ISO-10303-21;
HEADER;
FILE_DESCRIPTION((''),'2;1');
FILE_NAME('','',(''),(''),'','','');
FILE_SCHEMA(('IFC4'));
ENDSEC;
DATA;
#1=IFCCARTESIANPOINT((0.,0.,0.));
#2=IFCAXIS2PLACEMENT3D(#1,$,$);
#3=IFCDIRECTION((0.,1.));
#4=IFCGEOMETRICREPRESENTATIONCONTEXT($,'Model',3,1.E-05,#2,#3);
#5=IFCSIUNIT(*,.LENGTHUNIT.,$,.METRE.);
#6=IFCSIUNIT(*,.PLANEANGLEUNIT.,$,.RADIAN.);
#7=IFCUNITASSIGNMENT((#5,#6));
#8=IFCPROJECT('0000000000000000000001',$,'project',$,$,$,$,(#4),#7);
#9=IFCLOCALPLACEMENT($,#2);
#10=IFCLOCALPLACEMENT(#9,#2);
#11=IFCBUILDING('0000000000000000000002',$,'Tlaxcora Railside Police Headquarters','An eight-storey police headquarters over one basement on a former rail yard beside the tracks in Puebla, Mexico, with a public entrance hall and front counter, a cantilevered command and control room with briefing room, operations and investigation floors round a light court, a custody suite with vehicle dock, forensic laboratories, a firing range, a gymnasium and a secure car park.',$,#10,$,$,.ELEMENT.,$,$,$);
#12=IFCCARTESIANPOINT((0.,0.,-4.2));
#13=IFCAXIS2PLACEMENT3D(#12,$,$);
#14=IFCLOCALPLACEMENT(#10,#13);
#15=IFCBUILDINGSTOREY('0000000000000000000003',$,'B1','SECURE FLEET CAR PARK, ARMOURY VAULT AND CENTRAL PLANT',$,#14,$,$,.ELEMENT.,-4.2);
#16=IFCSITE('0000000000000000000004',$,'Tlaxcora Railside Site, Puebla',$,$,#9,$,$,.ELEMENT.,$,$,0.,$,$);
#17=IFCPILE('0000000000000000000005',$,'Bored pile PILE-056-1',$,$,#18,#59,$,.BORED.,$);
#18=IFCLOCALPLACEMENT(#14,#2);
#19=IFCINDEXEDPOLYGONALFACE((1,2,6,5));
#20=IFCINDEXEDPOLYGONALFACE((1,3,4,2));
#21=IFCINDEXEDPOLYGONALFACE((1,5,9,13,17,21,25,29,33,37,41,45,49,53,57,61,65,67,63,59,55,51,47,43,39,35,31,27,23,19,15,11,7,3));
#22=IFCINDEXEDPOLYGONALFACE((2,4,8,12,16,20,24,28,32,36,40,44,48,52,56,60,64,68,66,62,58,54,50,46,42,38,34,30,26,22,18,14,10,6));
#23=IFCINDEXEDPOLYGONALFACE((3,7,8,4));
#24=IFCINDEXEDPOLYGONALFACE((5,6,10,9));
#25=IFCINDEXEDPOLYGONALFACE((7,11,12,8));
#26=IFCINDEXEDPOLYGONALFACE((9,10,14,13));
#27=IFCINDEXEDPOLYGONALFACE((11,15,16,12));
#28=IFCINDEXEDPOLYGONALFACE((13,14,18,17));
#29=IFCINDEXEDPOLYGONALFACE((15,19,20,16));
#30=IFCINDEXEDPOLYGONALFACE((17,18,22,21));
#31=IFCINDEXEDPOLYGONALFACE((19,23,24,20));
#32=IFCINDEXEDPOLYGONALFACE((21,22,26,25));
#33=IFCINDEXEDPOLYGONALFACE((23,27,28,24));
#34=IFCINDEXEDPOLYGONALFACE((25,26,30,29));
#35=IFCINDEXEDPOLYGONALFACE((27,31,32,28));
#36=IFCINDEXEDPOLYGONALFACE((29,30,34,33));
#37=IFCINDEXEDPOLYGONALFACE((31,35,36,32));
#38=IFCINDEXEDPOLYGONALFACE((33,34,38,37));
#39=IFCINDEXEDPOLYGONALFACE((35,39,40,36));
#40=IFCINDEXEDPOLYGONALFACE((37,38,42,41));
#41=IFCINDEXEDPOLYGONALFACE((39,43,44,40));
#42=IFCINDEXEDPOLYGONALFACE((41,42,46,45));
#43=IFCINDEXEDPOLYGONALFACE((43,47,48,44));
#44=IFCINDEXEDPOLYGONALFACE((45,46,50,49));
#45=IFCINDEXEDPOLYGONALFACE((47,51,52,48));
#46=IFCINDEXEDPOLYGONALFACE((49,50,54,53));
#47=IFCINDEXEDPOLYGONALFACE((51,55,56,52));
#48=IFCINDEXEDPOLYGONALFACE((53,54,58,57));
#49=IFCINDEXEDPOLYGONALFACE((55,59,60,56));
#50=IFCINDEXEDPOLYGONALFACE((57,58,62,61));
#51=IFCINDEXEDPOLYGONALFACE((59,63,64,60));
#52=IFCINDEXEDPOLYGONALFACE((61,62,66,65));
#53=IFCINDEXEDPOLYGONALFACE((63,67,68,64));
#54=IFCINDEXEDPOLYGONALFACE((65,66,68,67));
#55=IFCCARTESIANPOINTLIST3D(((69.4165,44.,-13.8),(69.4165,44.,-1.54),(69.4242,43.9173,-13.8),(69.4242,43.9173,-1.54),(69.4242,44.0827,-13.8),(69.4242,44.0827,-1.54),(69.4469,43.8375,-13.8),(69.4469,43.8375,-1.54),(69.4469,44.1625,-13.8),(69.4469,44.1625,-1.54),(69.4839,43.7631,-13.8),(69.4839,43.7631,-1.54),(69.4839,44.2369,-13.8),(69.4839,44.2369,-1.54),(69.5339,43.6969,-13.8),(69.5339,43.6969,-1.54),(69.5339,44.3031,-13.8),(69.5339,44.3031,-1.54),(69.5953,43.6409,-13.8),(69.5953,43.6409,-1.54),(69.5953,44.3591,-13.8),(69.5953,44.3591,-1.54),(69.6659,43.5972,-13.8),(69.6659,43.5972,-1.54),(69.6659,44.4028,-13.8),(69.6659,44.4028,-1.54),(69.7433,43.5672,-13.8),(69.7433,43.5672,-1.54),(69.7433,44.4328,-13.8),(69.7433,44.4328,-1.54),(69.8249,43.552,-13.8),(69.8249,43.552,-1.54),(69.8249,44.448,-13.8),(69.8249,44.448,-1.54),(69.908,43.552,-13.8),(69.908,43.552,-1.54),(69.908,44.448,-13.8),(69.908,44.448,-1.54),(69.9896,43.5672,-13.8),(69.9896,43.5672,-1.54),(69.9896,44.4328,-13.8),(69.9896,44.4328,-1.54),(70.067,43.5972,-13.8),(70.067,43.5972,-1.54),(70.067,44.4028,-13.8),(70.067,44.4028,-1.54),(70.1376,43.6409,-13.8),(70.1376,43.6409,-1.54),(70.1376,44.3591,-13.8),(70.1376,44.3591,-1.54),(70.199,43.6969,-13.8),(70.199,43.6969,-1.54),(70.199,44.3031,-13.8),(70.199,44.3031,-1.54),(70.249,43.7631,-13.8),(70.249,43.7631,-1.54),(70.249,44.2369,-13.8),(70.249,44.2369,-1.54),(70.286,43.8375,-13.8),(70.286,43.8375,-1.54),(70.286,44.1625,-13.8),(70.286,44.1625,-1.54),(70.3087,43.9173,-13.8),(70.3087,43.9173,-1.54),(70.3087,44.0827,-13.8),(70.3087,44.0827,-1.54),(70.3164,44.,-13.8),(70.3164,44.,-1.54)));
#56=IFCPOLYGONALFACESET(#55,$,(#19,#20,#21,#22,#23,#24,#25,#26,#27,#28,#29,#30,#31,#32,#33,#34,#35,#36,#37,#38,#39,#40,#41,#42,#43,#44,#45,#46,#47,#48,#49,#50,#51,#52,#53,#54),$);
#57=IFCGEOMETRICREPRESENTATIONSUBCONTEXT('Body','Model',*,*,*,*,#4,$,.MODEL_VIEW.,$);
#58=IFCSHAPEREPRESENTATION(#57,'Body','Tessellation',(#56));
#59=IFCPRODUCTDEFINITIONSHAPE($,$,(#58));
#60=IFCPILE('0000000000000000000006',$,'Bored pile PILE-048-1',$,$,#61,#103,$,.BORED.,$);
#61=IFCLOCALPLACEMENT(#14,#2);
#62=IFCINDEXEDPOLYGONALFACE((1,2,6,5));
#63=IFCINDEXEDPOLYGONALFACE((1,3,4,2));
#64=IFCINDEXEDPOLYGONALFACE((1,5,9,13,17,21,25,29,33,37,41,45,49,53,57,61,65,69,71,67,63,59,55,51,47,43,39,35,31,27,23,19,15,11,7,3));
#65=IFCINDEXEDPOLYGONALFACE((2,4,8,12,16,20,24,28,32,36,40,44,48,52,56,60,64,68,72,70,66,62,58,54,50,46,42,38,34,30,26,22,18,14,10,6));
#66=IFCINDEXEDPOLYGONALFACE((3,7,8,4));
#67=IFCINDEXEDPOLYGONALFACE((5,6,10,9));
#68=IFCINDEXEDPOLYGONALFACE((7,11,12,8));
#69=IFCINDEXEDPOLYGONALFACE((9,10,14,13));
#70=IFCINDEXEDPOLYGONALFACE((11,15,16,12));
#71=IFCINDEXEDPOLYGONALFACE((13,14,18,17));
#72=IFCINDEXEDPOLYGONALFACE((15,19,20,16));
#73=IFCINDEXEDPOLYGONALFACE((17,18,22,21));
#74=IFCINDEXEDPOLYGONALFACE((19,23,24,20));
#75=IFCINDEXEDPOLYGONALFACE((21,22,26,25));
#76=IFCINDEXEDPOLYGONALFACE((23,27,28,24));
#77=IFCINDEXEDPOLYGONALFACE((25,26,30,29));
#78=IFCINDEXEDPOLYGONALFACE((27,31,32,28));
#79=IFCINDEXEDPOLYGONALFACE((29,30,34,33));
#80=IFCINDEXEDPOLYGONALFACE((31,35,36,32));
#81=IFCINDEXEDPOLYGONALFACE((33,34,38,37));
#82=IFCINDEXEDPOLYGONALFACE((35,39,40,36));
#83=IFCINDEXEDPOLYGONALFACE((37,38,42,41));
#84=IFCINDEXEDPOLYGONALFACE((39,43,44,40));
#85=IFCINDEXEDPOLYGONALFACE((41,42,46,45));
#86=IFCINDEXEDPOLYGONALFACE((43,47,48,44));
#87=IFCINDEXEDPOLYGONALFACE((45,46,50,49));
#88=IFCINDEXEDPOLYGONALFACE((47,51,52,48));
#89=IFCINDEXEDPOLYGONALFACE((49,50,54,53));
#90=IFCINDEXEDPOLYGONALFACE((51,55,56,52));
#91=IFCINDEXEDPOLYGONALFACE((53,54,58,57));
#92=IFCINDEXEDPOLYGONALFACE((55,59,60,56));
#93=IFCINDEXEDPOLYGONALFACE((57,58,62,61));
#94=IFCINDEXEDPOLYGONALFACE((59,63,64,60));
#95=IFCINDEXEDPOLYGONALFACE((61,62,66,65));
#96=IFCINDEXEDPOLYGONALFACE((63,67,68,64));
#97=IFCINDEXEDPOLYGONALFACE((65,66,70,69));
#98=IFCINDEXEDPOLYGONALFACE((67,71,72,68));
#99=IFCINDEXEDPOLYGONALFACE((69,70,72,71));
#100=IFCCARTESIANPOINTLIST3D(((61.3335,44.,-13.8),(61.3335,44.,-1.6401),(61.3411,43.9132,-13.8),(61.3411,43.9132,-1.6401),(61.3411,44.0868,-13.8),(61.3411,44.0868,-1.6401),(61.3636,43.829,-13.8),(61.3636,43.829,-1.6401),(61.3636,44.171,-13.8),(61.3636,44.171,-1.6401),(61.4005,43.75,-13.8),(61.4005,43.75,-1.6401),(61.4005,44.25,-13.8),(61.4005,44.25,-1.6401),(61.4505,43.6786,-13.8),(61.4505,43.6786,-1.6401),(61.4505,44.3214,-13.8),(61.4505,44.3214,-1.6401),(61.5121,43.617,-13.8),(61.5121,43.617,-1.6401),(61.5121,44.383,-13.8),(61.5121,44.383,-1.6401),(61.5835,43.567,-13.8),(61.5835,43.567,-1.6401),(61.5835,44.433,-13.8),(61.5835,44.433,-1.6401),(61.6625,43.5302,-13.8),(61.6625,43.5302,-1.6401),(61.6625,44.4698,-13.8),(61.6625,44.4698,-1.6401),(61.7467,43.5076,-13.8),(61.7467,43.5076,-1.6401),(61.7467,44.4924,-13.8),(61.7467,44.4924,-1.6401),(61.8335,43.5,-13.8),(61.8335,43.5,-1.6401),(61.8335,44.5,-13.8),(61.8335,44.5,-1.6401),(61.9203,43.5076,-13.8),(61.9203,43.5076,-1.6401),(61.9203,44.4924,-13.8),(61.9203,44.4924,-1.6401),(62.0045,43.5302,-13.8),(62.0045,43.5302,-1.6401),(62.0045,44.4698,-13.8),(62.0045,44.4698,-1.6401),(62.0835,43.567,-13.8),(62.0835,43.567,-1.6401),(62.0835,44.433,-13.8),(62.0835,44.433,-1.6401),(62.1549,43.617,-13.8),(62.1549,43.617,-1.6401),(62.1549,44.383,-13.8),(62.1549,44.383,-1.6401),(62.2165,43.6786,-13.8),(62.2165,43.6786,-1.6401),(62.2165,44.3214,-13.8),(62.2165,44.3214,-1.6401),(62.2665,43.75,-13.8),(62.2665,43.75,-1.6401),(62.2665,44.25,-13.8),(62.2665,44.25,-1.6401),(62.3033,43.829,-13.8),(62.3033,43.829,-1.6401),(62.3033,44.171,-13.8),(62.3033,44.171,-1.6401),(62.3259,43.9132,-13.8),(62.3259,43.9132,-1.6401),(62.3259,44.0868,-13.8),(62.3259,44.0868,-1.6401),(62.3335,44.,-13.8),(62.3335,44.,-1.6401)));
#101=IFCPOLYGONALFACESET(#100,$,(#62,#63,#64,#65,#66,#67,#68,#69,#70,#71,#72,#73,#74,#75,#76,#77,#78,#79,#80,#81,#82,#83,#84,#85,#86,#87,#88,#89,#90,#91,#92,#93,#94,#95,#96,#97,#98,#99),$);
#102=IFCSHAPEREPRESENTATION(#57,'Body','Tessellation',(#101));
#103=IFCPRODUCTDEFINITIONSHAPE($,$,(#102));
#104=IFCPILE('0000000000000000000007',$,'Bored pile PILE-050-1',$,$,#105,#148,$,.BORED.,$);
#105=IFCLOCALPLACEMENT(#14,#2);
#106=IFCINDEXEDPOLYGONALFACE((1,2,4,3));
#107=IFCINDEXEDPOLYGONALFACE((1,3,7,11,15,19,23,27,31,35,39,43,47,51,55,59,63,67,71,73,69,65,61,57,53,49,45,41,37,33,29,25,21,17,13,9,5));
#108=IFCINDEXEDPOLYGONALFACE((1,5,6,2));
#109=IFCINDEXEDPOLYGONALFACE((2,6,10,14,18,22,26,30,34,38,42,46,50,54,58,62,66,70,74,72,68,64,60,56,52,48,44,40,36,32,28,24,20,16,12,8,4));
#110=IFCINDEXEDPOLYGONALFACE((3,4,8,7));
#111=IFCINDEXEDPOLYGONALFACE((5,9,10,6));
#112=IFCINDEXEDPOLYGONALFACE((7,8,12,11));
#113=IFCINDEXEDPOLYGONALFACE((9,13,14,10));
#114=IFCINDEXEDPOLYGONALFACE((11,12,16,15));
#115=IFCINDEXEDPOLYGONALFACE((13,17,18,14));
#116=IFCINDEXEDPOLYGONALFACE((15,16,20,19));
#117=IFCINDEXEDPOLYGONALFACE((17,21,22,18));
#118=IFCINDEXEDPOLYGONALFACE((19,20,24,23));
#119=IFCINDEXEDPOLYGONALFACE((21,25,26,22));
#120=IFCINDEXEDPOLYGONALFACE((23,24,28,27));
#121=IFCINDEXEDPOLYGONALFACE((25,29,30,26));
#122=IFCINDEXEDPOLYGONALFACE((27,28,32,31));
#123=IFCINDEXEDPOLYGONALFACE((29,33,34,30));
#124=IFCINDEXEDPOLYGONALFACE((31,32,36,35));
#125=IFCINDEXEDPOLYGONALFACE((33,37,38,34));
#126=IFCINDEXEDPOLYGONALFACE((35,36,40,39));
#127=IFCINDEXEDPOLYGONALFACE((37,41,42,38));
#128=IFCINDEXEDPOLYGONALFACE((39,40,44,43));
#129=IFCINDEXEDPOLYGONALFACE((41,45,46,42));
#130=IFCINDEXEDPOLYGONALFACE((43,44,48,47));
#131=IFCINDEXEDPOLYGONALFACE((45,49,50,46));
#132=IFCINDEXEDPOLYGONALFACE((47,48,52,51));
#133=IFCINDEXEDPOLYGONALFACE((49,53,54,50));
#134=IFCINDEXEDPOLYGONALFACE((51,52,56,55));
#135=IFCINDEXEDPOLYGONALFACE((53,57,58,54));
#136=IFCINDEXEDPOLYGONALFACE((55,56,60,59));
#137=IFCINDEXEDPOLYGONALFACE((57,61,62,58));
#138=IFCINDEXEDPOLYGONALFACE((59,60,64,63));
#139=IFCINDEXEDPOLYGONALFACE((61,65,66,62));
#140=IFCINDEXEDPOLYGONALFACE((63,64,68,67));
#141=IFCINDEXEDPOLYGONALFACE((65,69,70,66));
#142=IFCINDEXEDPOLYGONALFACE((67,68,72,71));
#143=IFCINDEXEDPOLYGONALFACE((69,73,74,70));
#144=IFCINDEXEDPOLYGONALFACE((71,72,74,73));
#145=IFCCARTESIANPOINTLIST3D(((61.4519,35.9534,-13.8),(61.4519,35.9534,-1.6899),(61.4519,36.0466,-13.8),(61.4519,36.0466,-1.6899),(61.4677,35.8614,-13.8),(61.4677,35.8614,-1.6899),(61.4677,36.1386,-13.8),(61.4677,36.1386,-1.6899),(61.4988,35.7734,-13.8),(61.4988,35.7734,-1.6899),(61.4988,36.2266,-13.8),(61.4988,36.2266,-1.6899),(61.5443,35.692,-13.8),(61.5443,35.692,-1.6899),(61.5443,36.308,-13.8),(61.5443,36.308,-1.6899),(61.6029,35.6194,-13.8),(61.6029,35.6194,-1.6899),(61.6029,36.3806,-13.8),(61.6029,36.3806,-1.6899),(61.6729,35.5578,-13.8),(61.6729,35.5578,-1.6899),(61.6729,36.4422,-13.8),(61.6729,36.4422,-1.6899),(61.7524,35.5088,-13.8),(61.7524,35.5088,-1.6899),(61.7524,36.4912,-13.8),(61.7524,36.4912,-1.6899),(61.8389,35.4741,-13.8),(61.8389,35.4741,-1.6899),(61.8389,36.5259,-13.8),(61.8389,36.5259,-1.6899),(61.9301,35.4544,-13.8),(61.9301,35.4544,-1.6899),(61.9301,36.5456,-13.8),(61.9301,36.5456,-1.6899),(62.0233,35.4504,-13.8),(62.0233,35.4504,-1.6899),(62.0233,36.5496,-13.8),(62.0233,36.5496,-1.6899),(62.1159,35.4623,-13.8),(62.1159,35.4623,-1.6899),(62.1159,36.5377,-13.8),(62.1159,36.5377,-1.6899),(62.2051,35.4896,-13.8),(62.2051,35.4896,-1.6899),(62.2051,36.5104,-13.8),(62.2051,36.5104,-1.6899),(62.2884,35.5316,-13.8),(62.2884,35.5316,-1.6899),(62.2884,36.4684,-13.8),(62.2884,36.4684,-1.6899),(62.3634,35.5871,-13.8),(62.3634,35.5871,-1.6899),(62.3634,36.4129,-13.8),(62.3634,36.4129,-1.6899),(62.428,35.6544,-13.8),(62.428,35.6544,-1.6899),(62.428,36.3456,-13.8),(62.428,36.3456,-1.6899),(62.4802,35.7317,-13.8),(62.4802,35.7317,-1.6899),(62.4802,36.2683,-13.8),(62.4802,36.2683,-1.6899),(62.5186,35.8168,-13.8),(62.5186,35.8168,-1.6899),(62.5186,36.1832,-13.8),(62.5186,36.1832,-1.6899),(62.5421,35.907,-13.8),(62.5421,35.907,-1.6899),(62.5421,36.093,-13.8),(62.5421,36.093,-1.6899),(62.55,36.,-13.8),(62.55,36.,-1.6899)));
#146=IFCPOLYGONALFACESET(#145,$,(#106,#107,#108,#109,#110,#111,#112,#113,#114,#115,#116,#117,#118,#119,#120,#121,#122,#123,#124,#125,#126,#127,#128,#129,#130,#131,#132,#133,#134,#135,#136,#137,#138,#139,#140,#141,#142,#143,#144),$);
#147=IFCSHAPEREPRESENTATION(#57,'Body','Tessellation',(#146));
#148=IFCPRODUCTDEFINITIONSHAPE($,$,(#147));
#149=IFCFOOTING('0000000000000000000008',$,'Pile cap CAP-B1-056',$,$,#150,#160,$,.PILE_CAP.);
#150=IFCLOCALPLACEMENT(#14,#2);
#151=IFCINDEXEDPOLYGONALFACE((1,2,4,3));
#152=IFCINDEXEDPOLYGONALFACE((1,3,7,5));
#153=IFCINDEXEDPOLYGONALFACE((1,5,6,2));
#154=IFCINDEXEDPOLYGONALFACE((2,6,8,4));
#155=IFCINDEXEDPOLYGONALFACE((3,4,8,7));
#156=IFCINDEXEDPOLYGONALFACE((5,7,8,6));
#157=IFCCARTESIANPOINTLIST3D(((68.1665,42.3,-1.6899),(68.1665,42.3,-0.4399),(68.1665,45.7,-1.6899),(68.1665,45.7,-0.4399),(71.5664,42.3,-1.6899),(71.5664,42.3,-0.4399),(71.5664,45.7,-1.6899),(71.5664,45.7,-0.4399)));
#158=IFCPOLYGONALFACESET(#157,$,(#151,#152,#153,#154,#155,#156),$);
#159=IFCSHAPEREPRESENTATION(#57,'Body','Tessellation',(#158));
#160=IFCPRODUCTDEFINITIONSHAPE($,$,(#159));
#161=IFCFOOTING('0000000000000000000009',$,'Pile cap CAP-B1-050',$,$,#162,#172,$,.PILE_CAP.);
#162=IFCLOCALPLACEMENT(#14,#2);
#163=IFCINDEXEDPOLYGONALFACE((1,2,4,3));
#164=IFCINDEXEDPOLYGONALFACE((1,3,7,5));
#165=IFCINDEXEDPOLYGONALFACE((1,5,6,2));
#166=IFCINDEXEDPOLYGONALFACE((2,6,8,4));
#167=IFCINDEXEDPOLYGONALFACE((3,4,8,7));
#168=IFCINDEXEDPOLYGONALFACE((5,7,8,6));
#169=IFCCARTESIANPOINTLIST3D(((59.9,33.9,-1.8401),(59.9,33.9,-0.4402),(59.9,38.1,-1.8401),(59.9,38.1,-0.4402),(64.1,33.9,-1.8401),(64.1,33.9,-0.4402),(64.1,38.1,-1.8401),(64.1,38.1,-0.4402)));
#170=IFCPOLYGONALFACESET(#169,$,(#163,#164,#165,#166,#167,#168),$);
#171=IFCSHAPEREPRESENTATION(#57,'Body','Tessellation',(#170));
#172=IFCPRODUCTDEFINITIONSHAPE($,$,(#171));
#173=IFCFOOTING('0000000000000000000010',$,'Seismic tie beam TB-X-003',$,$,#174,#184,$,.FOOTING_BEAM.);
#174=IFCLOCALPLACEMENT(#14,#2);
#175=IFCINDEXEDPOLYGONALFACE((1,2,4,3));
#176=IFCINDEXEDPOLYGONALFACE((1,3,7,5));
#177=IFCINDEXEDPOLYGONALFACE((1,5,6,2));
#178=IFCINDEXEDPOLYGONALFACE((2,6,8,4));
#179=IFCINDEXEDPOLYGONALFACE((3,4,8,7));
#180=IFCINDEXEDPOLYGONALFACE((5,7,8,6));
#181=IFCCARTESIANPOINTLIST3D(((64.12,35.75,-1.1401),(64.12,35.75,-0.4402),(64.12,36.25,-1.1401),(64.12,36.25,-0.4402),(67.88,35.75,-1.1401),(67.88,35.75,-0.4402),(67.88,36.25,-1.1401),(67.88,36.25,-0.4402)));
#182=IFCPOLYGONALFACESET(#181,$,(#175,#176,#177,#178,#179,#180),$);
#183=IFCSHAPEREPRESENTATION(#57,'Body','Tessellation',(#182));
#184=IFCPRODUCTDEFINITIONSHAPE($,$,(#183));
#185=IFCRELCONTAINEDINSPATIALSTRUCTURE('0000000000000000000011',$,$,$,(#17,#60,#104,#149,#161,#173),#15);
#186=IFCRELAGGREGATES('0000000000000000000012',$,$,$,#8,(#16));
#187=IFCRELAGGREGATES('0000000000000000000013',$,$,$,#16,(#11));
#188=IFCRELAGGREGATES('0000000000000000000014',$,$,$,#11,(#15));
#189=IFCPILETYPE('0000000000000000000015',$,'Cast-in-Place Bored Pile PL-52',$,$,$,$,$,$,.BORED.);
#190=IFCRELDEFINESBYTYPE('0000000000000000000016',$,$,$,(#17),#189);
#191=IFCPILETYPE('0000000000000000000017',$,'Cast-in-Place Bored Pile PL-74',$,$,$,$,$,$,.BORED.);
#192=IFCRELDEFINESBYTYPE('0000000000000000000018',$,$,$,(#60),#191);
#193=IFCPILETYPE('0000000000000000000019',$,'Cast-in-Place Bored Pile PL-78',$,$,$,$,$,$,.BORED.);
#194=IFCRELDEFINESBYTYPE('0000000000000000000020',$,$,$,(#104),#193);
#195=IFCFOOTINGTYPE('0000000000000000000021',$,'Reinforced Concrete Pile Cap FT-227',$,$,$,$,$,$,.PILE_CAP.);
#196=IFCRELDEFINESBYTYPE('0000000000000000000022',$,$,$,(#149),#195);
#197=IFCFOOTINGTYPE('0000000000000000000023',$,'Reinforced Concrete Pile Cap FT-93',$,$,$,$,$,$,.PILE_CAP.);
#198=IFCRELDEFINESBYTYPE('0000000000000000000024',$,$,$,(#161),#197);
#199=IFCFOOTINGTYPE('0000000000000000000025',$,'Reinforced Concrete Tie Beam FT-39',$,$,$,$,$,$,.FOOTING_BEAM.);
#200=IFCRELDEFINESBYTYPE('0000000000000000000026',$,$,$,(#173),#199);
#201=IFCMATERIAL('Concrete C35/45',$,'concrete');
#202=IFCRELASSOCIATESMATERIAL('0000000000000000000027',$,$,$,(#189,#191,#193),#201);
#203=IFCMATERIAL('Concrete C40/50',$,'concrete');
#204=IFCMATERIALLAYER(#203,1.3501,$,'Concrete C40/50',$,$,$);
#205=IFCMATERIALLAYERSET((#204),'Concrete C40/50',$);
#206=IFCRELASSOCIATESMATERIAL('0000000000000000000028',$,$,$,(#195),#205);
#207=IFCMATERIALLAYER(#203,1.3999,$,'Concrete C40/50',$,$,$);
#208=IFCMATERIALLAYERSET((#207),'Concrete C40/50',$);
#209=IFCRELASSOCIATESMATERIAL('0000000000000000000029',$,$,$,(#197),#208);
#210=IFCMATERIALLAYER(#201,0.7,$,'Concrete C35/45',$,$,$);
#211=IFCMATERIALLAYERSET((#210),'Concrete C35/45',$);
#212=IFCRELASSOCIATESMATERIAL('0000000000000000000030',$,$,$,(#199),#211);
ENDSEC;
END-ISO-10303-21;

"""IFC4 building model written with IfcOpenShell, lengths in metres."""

from ifc_helpers import new_model, si_unit, direction, frame, origin, origin_2d, place, context, subcontext, project, spatial, rectangle, circle, extrude, material, layer, layer_set, material_profile, profile_set, type_object, element, save


model = new_model("IFC4")

# Units and contexts
model_context = context("Model", 3, precision=1e-05, world=origin(), true_north=direction((0.0, 1.0)))
body_context = subcontext(model_context, "Body", "Model", "MODEL_VIEW")
ifc_project = project(units=[si_unit("LENGTHUNIT", "METRE"), si_unit("PLANEANGLEUNIT", "RADIAN")], contexts=[model_context])

# Site, building, storey
site_placement = place(None, origin())
site = spatial("IfcSite", under=ifc_project, at=site_placement, Name="Tlaxcora Railside Site, Puebla", CompositionType="ELEMENT", RefElevation=0.0)
building_placement = place(site_placement, origin())
building = spatial("IfcBuilding", under=site, at=building_placement, Name="Tlaxcora Railside Police Headquarters", Description="An eight-storey police headquarters over one basement on a former rail yard beside the tracks in Puebla, Mexico, with a public entrance hall and front counter, a cantilevered command and control room with briefing room, operations and investigation floors round a light court, a custody suite with vehicle dock, forensic laboratories, a firing range, a gymnasium and a secure car park.", CompositionType="ELEMENT")
storey_placement = place(building_placement, frame((0.0, 0.0, -4.2)))
storey = spatial("IfcBuildingStorey", under=building, at=storey_placement, Name="B1", Description="SECURE FLEET CAR PARK, ARMOURY VAULT AND CENTRAL PLANT", CompositionType="ELEMENT", Elevation=-4.2)

# Piles
ifc_material_1 = material(Name="Concrete C35/45", Category="concrete")
ifc_material_profile_1 = material_profile(ifc_material_1, circle(Radius=0.45, at=origin_2d()), Name="PILE900")
ifc_profile_set_1 = profile_set([ifc_material_profile_1], Name="Concrete C35/45")
pile_type_1 = type_object("IfcPileType", Name="Cast-in-Place Bored Pile PL-52", PredefinedType="BORED", material=ifc_profile_set_1)
pile_1_placement = place(storey_placement, frame((69.8665, 44.0, -1.54), z_axis=(0.0, 0.0, -1.0), x_axis=(1.0, 0.0, 0.0)))
element("IfcPile", 1, at=pile_1_placement, inside=storey, type_object=pile_type_1, Name="Bored pile PILE-056-1", PredefinedType="BORED", context=body_context, shape_type="SweptSolid", body=[
    extrude(circle(Radius=0.45, at=origin_2d()), origin(), (0.0, 0.0, 1.0), 12.26),
])
ifc_material_profile_2 = material_profile(ifc_material_1, circle(Radius=0.5, at=origin_2d()), Name="PILE1000")
ifc_profile_set_2 = profile_set([ifc_material_profile_2], Name="Concrete C35/45")
pile_type_2 = type_object("IfcPileType", Name="Cast-in-Place Bored Pile PL-74", PredefinedType="BORED", material=ifc_profile_set_2)
pile_2_placement = place(storey_placement, frame((61.8335, 44.0, -1.6401), z_axis=(0.0, 0.0, -1.0), x_axis=(1.0, 0.0, 0.0)))
element("IfcPile", 2, at=pile_2_placement, inside=storey, type_object=pile_type_2, Name="Bored pile PILE-048-1", PredefinedType="BORED", context=body_context, shape_type="SweptSolid", body=[
    extrude(circle(Radius=0.5, at=origin_2d()), origin(), (0.0, 0.0, 1.0), 12.1599),
])
ifc_material_profile_3 = material_profile(ifc_material_1, circle(Radius=0.55, at=origin_2d()), Name="PILE1100")
ifc_profile_set_3 = profile_set([ifc_material_profile_3], Name="Concrete C35/45")
pile_type_3 = type_object("IfcPileType", Name="Cast-in-Place Bored Pile PL-78", PredefinedType="BORED", material=ifc_profile_set_3)
pile_3_placement = place(storey_placement, frame((62.0, 36.0, -1.6899), z_axis=(0.0, 0.0, -1.0), x_axis=(1.0, 0.0, 0.0)))
element("IfcPile", 3, at=pile_3_placement, inside=storey, type_object=pile_type_3, Name="Bored pile PILE-050-1", PredefinedType="BORED", context=body_context, shape_type="SweptSolid", body=[
    extrude(circle(Radius=0.55, at=origin_2d()), origin(), (0.0, 0.0, 1.0), 12.1101),
])

# Footings
ifc_material_2 = material(Name="Concrete C40/50", Category="concrete")
ifc_layer_1 = layer(ifc_material_2, 1.3501, Name="Concrete C40/50")
ifc_layer_set_1 = layer_set([ifc_layer_1], Name="Concrete C40/50")
footing_type_1 = type_object("IfcFootingType", Name="Reinforced Concrete Pile Cap FT-227", PredefinedType="PILE_CAP", material=ifc_layer_set_1)
footing_1_placement = place(storey_placement, frame((69.8665, 44.0, -1.6899), z_axis=(0.0, 0.0, 1.0), x_axis=(1.0, 0.0, 0.0)))
element("IfcFooting", 4, at=footing_1_placement, inside=storey, type_object=footing_type_1, Name="Pile cap CAP-B1-056", PredefinedType="PILE_CAP", context=body_context, shape_type="SweptSolid", body=[
    extrude(rectangle(XDim=3.3999, YDim=3.3999, at=origin_2d()), origin(), (0.0, 0.0, 1.0), 1.25),
])
ifc_layer_2 = layer(ifc_material_2, 1.3999, Name="Concrete C40/50")
ifc_layer_set_2 = layer_set([ifc_layer_2], Name="Concrete C40/50")
footing_type_2 = type_object("IfcFootingType", Name="Reinforced Concrete Pile Cap FT-93", PredefinedType="PILE_CAP", material=ifc_layer_set_2)
footing_2_placement = place(storey_placement, frame((62.0, 36.0, -1.8401), z_axis=(0.0, 0.0, 1.0), x_axis=(1.0, 0.0, 0.0)))
element("IfcFooting", 5, at=footing_2_placement, inside=storey, type_object=footing_type_2, Name="Pile cap CAP-B1-050", PredefinedType="PILE_CAP", context=body_context, shape_type="SweptSolid", body=[
    extrude(rectangle(XDim=4.2, YDim=4.2, at=origin_2d()), origin(), (0.0, 0.0, 1.0), 1.3999),
])
ifc_layer_3 = layer(ifc_material_1, 0.7, Name="Concrete C35/45")
ifc_layer_set_3 = layer_set([ifc_layer_3], Name="Concrete C35/45")
footing_type_3 = type_object("IfcFootingType", Name="Reinforced Concrete Tie Beam FT-39", PredefinedType="FOOTING_BEAM", material=ifc_layer_set_3)
footing_3_placement = place(storey_placement, frame((66.0, 36.0, -1.1401), z_axis=(0.0, 0.0, 1.0), x_axis=(1.0, 0.0, 0.0)))
element("IfcFooting", 6, at=footing_3_placement, inside=storey, type_object=footing_type_3, Name="Seismic tie beam TB-X-003", PredefinedType="FOOTING_BEAM", context=body_context, shape_type="SweptSolid", body=[
    extrude(rectangle(XDim=3.76, YDim=0.5, at=origin_2d()), origin(), (0.0, 0.0, 1.0), 0.7),
])

save(model, "model.ifc")
